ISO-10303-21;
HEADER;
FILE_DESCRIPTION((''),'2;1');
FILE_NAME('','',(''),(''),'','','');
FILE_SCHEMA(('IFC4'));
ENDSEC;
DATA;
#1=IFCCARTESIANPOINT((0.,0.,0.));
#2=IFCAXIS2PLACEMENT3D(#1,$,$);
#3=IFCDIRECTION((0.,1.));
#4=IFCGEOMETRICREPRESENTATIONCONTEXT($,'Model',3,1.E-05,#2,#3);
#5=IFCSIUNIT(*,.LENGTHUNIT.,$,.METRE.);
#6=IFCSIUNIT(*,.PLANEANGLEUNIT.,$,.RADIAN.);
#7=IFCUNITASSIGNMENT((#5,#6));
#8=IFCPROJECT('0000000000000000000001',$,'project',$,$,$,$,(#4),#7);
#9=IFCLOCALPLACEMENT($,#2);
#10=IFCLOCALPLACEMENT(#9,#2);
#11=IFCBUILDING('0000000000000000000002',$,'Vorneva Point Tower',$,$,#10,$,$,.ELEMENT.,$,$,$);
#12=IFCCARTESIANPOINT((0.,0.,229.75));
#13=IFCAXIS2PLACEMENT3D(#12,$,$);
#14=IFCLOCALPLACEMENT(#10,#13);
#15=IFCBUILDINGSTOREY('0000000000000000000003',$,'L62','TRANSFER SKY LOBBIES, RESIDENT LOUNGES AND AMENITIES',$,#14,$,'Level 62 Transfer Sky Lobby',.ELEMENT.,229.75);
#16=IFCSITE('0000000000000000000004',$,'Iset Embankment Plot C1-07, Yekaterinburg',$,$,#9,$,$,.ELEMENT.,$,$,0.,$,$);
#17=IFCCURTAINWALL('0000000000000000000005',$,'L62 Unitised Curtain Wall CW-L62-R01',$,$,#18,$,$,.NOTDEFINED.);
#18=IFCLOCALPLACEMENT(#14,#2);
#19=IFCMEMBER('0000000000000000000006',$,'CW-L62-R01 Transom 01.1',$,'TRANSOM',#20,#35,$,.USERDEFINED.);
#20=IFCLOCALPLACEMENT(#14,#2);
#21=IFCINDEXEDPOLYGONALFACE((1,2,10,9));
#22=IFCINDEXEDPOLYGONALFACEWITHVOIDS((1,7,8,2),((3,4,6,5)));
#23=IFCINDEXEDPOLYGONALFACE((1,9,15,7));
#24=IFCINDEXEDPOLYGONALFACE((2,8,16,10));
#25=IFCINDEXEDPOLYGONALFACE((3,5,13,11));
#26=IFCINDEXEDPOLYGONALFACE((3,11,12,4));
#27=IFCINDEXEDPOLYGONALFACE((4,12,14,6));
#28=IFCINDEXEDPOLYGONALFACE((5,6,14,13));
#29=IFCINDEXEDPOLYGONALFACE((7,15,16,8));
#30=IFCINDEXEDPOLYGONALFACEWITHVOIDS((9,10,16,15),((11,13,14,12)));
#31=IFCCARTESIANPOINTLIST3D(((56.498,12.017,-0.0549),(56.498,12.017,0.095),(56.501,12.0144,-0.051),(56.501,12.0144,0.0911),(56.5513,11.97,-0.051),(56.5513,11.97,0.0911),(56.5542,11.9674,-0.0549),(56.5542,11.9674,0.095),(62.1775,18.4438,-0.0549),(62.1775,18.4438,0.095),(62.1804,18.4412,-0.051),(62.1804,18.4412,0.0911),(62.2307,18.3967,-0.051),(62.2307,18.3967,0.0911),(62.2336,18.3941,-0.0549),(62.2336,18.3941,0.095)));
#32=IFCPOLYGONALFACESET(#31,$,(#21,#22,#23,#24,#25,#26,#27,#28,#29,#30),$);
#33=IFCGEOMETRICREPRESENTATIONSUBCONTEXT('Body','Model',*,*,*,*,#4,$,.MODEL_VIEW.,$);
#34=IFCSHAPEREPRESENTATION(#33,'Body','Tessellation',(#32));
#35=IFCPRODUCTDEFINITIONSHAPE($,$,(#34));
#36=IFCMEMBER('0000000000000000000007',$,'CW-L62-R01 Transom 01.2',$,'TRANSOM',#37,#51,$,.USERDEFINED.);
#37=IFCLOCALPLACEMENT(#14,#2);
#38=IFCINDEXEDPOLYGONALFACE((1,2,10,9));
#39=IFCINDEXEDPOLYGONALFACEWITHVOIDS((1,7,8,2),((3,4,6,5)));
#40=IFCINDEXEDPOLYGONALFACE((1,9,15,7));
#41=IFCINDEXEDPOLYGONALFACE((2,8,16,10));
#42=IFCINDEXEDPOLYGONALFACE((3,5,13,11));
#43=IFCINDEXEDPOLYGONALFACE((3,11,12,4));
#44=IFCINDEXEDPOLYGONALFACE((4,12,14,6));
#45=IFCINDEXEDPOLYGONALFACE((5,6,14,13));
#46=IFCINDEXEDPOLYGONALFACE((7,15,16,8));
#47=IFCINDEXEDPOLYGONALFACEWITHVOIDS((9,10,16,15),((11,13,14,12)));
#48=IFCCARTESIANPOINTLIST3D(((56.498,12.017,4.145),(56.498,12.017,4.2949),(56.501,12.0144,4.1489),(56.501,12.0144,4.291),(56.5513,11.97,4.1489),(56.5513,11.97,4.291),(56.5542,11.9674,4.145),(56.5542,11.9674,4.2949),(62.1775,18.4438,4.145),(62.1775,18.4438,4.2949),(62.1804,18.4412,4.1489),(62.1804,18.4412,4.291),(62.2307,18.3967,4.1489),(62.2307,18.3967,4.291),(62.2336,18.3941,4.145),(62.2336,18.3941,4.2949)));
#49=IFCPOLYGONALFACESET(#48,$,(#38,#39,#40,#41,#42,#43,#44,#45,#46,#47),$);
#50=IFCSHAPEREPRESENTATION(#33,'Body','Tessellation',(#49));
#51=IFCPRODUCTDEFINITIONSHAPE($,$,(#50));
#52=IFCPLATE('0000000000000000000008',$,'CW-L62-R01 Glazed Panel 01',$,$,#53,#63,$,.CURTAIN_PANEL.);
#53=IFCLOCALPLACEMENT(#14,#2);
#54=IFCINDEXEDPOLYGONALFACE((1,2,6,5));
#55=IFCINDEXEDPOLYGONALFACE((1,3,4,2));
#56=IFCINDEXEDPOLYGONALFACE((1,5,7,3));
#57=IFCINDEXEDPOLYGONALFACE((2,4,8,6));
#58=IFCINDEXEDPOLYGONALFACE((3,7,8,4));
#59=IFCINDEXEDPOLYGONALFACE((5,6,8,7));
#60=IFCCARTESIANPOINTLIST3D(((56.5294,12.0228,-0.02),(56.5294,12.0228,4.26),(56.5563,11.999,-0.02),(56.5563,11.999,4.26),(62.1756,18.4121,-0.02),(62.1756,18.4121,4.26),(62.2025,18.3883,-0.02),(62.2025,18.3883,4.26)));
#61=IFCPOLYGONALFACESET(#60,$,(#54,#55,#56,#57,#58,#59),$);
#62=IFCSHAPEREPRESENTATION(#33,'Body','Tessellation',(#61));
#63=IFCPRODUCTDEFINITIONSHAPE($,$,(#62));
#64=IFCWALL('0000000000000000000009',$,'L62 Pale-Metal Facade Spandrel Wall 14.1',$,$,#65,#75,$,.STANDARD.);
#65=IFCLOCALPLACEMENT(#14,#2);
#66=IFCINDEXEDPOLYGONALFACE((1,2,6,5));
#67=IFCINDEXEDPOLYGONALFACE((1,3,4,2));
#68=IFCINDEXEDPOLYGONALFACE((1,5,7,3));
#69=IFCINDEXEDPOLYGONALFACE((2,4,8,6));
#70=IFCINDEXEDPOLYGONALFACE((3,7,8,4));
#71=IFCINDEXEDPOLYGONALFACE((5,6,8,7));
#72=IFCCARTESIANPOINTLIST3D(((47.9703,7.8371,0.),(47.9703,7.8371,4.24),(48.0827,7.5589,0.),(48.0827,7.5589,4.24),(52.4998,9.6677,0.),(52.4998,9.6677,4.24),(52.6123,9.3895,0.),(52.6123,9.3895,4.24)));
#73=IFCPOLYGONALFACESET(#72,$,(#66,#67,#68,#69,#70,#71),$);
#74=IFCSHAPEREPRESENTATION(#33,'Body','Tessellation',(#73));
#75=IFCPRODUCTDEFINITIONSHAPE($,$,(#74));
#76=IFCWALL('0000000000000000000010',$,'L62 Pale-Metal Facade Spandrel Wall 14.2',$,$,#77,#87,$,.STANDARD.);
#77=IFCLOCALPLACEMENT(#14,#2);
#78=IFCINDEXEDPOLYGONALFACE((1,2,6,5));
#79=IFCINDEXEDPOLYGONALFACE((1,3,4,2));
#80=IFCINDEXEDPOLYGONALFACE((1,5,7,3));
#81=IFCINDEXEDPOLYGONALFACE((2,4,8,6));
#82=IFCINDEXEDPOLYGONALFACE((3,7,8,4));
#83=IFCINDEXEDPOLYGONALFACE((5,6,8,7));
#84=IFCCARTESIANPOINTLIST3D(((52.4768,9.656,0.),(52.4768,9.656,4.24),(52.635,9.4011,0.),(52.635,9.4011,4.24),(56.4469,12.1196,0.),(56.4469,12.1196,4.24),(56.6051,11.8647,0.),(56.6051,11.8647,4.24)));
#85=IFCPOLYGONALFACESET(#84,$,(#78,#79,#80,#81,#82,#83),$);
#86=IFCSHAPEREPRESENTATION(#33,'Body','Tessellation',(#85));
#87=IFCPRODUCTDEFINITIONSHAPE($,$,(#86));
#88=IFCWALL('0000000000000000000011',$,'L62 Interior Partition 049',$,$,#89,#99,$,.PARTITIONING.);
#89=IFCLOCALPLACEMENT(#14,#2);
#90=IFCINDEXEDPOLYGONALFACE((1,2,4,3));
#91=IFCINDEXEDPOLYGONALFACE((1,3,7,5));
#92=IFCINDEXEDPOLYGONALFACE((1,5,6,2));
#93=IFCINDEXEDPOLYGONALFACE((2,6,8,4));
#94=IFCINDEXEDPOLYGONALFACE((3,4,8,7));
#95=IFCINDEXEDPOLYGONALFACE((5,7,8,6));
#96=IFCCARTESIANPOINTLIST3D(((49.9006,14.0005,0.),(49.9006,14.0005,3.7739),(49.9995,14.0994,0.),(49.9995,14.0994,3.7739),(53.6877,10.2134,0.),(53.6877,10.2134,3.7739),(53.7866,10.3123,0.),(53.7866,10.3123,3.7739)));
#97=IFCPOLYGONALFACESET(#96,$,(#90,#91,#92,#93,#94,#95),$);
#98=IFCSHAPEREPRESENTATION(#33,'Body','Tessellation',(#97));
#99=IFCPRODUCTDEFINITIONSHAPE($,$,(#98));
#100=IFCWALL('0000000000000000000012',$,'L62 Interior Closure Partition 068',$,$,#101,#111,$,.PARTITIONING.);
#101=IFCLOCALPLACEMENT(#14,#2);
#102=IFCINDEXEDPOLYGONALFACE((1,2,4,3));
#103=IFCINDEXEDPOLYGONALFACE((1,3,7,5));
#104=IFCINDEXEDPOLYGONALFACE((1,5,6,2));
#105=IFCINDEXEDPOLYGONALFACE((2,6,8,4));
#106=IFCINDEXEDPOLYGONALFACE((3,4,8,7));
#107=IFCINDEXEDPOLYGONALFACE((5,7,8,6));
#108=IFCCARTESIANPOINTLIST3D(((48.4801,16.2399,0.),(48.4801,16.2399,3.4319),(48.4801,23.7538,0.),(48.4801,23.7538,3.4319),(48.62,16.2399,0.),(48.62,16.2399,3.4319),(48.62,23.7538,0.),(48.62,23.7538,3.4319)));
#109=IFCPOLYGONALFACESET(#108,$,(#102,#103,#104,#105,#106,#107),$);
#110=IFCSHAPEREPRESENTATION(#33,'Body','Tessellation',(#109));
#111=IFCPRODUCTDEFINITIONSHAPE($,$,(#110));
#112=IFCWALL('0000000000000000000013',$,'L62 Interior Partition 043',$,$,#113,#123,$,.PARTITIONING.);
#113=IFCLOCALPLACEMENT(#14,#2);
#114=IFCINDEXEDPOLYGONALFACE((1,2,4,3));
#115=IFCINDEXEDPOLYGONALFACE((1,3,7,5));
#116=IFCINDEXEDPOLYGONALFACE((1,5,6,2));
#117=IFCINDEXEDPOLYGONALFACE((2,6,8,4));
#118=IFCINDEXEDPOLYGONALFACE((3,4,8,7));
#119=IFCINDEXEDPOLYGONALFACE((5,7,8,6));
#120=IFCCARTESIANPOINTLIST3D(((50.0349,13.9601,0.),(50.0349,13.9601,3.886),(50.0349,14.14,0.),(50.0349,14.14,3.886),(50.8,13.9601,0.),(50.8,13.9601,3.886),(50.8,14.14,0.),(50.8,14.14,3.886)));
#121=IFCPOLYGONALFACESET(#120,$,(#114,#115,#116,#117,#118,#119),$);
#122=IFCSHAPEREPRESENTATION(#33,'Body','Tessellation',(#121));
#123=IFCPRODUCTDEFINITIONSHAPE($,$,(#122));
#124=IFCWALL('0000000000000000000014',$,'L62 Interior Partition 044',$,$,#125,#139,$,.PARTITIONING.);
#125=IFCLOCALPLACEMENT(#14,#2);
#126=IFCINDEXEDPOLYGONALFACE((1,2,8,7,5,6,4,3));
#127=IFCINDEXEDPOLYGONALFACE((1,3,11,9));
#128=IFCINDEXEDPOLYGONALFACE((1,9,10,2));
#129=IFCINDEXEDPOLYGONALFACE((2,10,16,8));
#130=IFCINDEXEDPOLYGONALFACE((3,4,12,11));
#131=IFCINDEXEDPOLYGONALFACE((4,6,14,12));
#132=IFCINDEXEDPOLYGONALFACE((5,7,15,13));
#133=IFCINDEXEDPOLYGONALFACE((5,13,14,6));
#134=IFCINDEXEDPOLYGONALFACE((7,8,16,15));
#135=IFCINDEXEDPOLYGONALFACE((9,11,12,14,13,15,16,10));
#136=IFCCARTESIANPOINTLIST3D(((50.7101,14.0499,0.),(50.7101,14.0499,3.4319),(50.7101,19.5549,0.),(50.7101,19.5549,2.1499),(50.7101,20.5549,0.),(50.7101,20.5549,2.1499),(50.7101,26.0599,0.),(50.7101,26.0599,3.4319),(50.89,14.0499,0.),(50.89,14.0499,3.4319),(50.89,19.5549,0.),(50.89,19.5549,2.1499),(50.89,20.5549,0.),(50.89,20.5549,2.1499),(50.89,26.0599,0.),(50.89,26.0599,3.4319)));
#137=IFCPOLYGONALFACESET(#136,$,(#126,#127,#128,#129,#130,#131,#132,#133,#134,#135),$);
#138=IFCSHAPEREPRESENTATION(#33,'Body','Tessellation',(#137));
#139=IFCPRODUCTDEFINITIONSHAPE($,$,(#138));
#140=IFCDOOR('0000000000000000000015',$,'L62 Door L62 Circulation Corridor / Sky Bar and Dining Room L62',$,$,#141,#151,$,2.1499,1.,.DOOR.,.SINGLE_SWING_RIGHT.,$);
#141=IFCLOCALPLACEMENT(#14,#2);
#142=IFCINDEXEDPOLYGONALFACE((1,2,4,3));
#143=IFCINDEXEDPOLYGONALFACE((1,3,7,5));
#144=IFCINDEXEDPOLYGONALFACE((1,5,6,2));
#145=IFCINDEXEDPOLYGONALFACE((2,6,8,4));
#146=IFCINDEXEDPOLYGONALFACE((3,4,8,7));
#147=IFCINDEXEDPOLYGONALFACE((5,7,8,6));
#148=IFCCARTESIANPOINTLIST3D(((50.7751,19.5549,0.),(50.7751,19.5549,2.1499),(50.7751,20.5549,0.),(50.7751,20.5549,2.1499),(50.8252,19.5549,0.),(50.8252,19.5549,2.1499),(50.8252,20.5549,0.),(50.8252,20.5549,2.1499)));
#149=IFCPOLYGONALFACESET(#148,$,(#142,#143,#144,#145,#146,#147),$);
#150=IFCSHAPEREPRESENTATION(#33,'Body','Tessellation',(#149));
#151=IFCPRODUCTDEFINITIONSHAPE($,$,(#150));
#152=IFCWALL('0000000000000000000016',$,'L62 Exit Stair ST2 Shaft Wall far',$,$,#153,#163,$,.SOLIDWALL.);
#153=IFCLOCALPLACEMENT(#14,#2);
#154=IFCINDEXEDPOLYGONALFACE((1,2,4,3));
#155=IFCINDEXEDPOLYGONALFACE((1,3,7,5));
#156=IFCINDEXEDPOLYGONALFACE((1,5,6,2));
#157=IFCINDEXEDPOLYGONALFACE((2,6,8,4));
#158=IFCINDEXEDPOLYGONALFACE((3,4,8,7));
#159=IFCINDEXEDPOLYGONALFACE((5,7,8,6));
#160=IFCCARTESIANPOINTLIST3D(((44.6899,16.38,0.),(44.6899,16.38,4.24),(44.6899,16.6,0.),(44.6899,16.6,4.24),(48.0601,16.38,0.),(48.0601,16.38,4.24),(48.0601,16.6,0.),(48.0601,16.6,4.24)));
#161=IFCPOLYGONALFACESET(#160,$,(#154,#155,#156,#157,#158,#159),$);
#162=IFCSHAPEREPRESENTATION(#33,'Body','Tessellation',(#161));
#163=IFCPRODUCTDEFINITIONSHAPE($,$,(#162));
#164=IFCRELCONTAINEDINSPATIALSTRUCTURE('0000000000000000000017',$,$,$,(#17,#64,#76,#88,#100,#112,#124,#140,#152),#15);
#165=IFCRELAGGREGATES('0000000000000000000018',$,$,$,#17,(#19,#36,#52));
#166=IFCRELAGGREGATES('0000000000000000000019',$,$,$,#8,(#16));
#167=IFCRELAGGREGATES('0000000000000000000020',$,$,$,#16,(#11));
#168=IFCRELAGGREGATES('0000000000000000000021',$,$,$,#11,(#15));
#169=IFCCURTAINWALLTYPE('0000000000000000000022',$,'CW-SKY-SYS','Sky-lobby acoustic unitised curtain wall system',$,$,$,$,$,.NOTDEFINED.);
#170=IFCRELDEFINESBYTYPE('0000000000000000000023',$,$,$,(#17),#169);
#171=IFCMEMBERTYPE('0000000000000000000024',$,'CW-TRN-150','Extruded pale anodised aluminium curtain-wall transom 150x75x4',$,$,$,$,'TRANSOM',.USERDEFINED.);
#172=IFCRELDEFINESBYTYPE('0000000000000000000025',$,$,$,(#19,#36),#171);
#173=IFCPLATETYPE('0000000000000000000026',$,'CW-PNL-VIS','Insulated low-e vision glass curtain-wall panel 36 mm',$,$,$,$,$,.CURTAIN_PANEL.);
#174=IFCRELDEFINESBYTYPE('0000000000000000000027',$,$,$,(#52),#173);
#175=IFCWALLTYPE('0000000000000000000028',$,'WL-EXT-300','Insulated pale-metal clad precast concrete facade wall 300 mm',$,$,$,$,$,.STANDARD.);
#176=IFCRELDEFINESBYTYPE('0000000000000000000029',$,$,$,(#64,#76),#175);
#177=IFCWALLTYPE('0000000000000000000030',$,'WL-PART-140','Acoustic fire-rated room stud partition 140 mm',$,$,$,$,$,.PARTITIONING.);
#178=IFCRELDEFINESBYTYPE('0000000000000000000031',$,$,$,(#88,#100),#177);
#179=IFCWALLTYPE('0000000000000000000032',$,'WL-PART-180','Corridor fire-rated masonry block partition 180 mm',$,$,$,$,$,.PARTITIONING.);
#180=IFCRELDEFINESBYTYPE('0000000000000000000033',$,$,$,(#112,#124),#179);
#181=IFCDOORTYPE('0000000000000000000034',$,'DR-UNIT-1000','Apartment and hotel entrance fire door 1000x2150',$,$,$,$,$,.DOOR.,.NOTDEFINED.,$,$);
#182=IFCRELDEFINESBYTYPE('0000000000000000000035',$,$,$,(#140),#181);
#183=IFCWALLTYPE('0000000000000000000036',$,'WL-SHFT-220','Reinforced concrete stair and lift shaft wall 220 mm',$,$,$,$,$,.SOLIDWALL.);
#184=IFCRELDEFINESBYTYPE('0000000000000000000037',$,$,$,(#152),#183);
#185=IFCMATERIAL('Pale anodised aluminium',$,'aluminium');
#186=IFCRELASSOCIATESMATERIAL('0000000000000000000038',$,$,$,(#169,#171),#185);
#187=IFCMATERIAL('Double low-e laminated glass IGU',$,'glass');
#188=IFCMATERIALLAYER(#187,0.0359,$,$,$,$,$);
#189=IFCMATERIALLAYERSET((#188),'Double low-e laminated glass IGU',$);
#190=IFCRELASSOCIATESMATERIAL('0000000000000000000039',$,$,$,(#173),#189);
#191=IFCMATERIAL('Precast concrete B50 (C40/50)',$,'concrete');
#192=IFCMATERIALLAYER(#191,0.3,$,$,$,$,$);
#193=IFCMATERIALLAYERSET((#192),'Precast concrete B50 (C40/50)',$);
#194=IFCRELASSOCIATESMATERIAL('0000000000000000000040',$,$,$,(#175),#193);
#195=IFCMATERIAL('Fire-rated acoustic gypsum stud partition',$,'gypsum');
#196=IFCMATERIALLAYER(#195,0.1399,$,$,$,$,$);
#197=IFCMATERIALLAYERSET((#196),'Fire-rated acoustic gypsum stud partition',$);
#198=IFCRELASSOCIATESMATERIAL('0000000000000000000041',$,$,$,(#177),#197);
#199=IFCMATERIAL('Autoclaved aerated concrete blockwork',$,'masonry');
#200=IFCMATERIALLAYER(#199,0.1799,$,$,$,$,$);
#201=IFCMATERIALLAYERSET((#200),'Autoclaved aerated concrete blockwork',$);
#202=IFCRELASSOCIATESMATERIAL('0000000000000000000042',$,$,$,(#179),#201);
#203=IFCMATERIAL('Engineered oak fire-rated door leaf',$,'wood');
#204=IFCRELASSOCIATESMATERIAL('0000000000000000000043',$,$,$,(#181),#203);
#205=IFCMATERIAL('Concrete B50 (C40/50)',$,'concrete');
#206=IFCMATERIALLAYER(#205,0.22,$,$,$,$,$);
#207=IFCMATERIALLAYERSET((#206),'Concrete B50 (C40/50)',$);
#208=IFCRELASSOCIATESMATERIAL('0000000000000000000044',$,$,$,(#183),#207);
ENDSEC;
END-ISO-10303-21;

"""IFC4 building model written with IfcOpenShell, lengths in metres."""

from ifc_helpers import new_model, si_unit, direction, frame, frame_2d, origin, origin_2d, place, context, subcontext, project, spatial, rectangle, hollow_rectangle, extrude, material, layer, layer_set, material_profile, profile_set, type_object, element, fill, aggregate, save


model = new_model("IFC4")

# Units and contexts
model_context = context("Model", 3, precision=1e-05, world=origin(), true_north=direction((0.0, 1.0)))
body_context = subcontext(model_context, "Body", "Model", "MODEL_VIEW")
ifc_project = project(units=[si_unit("LENGTHUNIT", "METRE"), si_unit("PLANEANGLEUNIT", "RADIAN")], contexts=[model_context])

# Site, building, storey
site_placement = place(None, origin())
site = spatial("IfcSite", under=ifc_project, at=site_placement, Name="Iset Embankment Plot C1-07, Yekaterinburg", CompositionType="ELEMENT", RefElevation=0.0)
building_placement = place(site_placement, origin())
building = spatial("IfcBuilding", under=site, at=building_placement, Name="Vorneva Point Tower", CompositionType="ELEMENT")
storey_placement = place(building_placement, frame((0.0, 0.0, 229.75)))
storey = spatial("IfcBuildingStorey", under=building, at=storey_placement, Name="L62", Description="TRANSFER SKY LOBBIES, RESIDENT LOUNGES AND AMENITIES", LongName="Level 62 Transfer Sky Lobby", CompositionType="ELEMENT", Elevation=229.75)

# Shared definitions
ifc_material_1 = material(Name="Concrete B50 (C40/50)", Category="concrete")

# Curtain wall
ifc_material_2 = material(Name="Pale anodised aluminium", Category="aluminium")
curtain_wall_type = type_object("IfcCurtainWallType", Name="CW-SKY-SYS", Description="Sky-lobby acoustic unitised curtain wall system", PredefinedType="NOTDEFINED", material=ifc_material_2)
curtain_wall_1_placement = place(storey_placement, origin())
curtain_wall_1 = element("IfcCurtainWall", 1, at=curtain_wall_1_placement, inside=storey, type_object=curtain_wall_type, Name="L62 Unitised Curtain Wall CW-L62-R01", PredefinedType="NOTDEFINED")

# Members
ifc_material_profile_1 = material_profile(ifc_material_2, hollow_rectangle(XDim=0.075, YDim=0.1499, WallThickness=0.0039, at=origin_2d()), Name="AL-TRN 150x75x4")
ifc_profile_set_1 = profile_set([ifc_material_profile_1], Name="Pale anodised aluminium")
member_type_1 = type_object("IfcMemberType", Name="CW-TRN-150", Description="Extruded pale anodised aluminium curtain-wall transom 150x75x4", ElementType="TRANSOM", PredefinedType="USERDEFINED", material=ifc_profile_set_1)
member_1_placement = place(storey_placement, frame((56.5261, 11.9922, 0.02), z_axis=(0.662197, 0.74933, 0.0), x_axis=(-0.74933, 0.662197, 0.0)))
member_1 = element("IfcMember", 2, at=member_1_placement, type_object=member_type_1, Name="CW-L62-R01 Transom 01.1", ObjectType="TRANSOM", PredefinedType="USERDEFINED", context=body_context, shape_type="SweptSolid", body=[
    extrude(hollow_rectangle(XDim=0.075, YDim=0.1499, WallThickness=0.0039, at=origin_2d()), origin(), (0.0, 0.0, 1.0), 8.5767),
])
member_2_placement = place(storey_placement, frame((56.5261, 11.9922, 4.22), z_axis=(0.662197, 0.74933, 0.0), x_axis=(-0.74933, 0.662197, 0.0)))
member_2 = element("IfcMember", 3, at=member_2_placement, type_object=member_type_1, Name="CW-L62-R01 Transom 01.2", ObjectType="TRANSOM", PredefinedType="USERDEFINED", context=body_context, shape_type="SweptSolid", body=[
    extrude(hollow_rectangle(XDim=0.075, YDim=0.1499, WallThickness=0.0039, at=origin_2d()), origin(), (0.0, 0.0, 1.0), 8.5767),
])

# Plate
ifc_material_3 = material(Name="Double low-e laminated glass IGU", Category="glass")
ifc_layer_1 = layer(ifc_material_3, 0.0359)
ifc_layer_set_1 = layer_set([ifc_layer_1], Name="Double low-e laminated glass IGU")
plate_type = type_object("IfcPlateType", Name="CW-PNL-VIS", Description="Insulated low-e vision glass curtain-wall panel 36 mm", PredefinedType="CURTAIN_PANEL", material=ifc_layer_set_1)
plate_placement = place(storey_placement, frame((59.366, 15.2056, -0.02), z_axis=(0.0, 0.0, 1.0), x_axis=(0.662189, 0.749337, 0.0)))
plate = element("IfcPlate", 4, at=plate_placement, type_object=plate_type, Name="CW-L62-R01 Glazed Panel 01", PredefinedType="CURTAIN_PANEL", context=body_context, shape_type="SweptSolid", body=[
    extrude(rectangle(XDim=8.5266, YDim=0.0359, at=origin_2d()), origin(), (0.0, 0.0, 1.0), 4.28),
])
aggregate(curtain_wall_1, [member_1, member_2, plate])

# Walls
ifc_material_4 = material(Name="Precast concrete B50 (C40/50)", Category="concrete")
ifc_layer_2 = layer(ifc_material_4, 0.3)
ifc_layer_set_2 = layer_set([ifc_layer_2], Name="Precast concrete B50 (C40/50)")
wall_type_1 = type_object("IfcWallType", Name="WL-EXT-300", Description="Insulated pale-metal clad precast concrete facade wall 300 mm", PredefinedType="STANDARD", material=ifc_layer_set_2)
wall_1_placement = place(storey_placement, frame((48.0264, 7.698, 0.0), z_axis=(0.0, 0.0, 1.0), x_axis=(0.927147, 0.374697, 0.0)))
element("IfcWall", 5, at=wall_1_placement, inside=storey, type_object=wall_type_1, Name="L62 Pale-Metal Facade Spandrel Wall 14.1", PredefinedType="STANDARD", context=body_context, shape_type="SweptSolid", body=[
    extrude(rectangle(XDim=4.8855, YDim=0.3, at=frame_2d((2.4429, 0.0))), origin(), (0.0, 0.0, 1.0), 4.24),
])
wall_2_placement = place(storey_placement, frame((52.5559, 9.5286, 0.0), z_axis=(0.0, 0.0, 1.0), x_axis=(0.849702, 0.527263, 0.0)))
element("IfcWall", 6, at=wall_2_placement, inside=storey, type_object=wall_type_1, Name="L62 Pale-Metal Facade Spandrel Wall 14.2", PredefinedType="STANDARD", context=body_context, shape_type="SweptSolid", body=[
    extrude(rectangle(XDim=4.6724, YDim=0.3, at=frame_2d((2.3362, 0.0))), origin(), (0.0, 0.0, 1.0), 4.24),
])
ifc_material_5 = material(Name="Fire-rated acoustic gypsum stud partition", Category="gypsum")
ifc_layer_3 = layer(ifc_material_5, 0.1399)
ifc_layer_set_3 = layer_set([ifc_layer_3], Name="Fire-rated acoustic gypsum stud partition")
wall_type_2 = type_object("IfcWallType", Name="WL-PART-140", Description="Acoustic fire-rated room stud partition 140 mm", PredefinedType="PARTITIONING", material=ifc_layer_set_3)
wall_3_placement = place(storey_placement, frame((53.7371, 10.2629, 0.0), z_axis=(0.0, 0.0, 1.0), x_axis=(-0.707107, 0.707107, 0.0)))
element("IfcWall", 7, at=wall_3_placement, inside=storey, type_object=wall_type_2, Name="L62 Interior Partition 049", PredefinedType="PARTITIONING", context=body_context, shape_type="SweptSolid", body=[
    extrude(rectangle(XDim=5.3557, YDim=0.1399, at=frame_2d((2.6777, 0.0))), origin(), (0.0, 0.0, 1.0), 3.7739),
])
wall_4_placement = place(storey_placement, frame((48.55, 16.24, 0.0), z_axis=(0.0, 0.0, 1.0), x_axis=(0.0, 1.0, 0.0)))
element("IfcWall", 8, at=wall_4_placement, inside=storey, type_object=wall_type_2, Name="L62 Interior Closure Partition 068", PredefinedType="PARTITIONING", context=body_context, shape_type="SweptSolid", body=[
    extrude(rectangle(XDim=7.5139, YDim=0.1399, at=frame_2d((3.7568, 0.0))), origin(), (0.0, 0.0, 1.0), 3.4319),
])
ifc_material_6 = material(Name="Autoclaved aerated concrete blockwork", Category="masonry")
ifc_layer_4 = layer(ifc_material_6, 0.1799)
ifc_layer_set_4 = layer_set([ifc_layer_4], Name="Autoclaved aerated concrete blockwork")
wall_type_3 = type_object("IfcWallType", Name="WL-PART-180", Description="Corridor fire-rated masonry block partition 180 mm", PredefinedType="PARTITIONING", material=ifc_layer_set_4)
wall_5_placement = place(storey_placement, frame((50.0349, 14.05, 0.0), z_axis=(0.0, 0.0, 1.0), x_axis=(1.0, 0.0, 0.0)))
element("IfcWall", 9, at=wall_5_placement, inside=storey, type_object=wall_type_3, Name="L62 Interior Partition 043", PredefinedType="PARTITIONING", context=body_context, shape_type="SweptSolid", body=[
    extrude(rectangle(XDim=0.7651, YDim=0.1799, at=frame_2d((0.3826, 0.0))), origin(), (0.0, 0.0, 1.0), 3.886),
])

# Wall, opening, door
wall_6_placement = place(storey_placement, frame((50.8, 14.05, 0.0), z_axis=(0.0, 0.0, 1.0), x_axis=(0.0, 1.0, 0.0)))
wall_6 = element("IfcWall", 10, at=wall_6_placement, inside=storey, type_object=wall_type_3, Name="L62 Interior Partition 044", PredefinedType="PARTITIONING", context=body_context, shape_type="SweptSolid", body=[
    extrude(rectangle(XDim=12.01, YDim=0.1799, at=frame_2d((6.0049, 0.0))), origin(), (0.0, 0.0, 1.0), 3.4319),
])
opening_placement = place(wall_6_placement, frame((5.5049, 0.0, 0.0)))
opening = element("IfcOpeningElement", 11, at=opening_placement, cuts=wall_6, PredefinedType="OPENING", context=body_context, shape_type="SweptSolid", body=[
    extrude(rectangle(XDim=1.0, YDim=2.1499, at=frame_2d((0.5, 1.075))), frame((0.0, 0.105, 0.0), z_axis=(0.0, -1.0, 0.0), x_axis=(1.0, 0.0, 0.0)), (0.0, 0.0, 1.0), 0.2097),
])
ifc_material_7 = material(Name="Engineered oak fire-rated door leaf", Category="wood")
door_type = type_object("IfcDoorType", Name="DR-UNIT-1000", Description="Apartment and hotel entrance fire door 1000x2150", OperationType="NOTDEFINED", PredefinedType="DOOR", material=ifc_material_7)
door_placement = place(opening_placement, origin())
door = element("IfcDoor", 12, at=door_placement, inside=storey, type_object=door_type, Name="L62 Door L62 Circulation Corridor / Sky Bar and Dining Room L62", OperationType="SINGLE_SWING_RIGHT", OverallHeight=2.1499, OverallWidth=1.0, PredefinedType="DOOR", context=body_context, shape_type="SweptSolid", body=[
    extrude(rectangle(XDim=1.0, YDim=2.1499, at=frame_2d((0.5, 1.075))), frame((0.0, 0.0249, 0.0), z_axis=(0.0, -1.0, 0.0), x_axis=(1.0, 0.0, 0.0)), (0.0, 0.0, 1.0), 0.05),
])
fill(opening, door)

# Wall
ifc_layer_5 = layer(ifc_material_1, 0.22)
ifc_layer_set_5 = layer_set([ifc_layer_5], Name="Concrete B50 (C40/50)")
wall_type_4 = type_object("IfcWallType", Name="WL-SHFT-220", Description="Reinforced concrete stair and lift shaft wall 220 mm", PredefinedType="SOLIDWALL", material=ifc_layer_set_5)
wall_7_placement = place(storey_placement, frame((48.0601, 16.49, 0.0), z_axis=(0.0, 0.0, 1.0), x_axis=(-1.0, 0.0, 0.0)))
element("IfcWall", 13, at=wall_7_placement, inside=storey, type_object=wall_type_4, Name="L62 Exit Stair ST2 Shaft Wall far", PredefinedType="SOLIDWALL", context=body_context, shape_type="SweptSolid", body=[
    extrude(rectangle(XDim=3.3701, YDim=0.22, at=frame_2d((1.6851, 0.0))), origin(), (0.0, 0.0, 1.0), 4.24),
])

save(model, "model.ifc")
